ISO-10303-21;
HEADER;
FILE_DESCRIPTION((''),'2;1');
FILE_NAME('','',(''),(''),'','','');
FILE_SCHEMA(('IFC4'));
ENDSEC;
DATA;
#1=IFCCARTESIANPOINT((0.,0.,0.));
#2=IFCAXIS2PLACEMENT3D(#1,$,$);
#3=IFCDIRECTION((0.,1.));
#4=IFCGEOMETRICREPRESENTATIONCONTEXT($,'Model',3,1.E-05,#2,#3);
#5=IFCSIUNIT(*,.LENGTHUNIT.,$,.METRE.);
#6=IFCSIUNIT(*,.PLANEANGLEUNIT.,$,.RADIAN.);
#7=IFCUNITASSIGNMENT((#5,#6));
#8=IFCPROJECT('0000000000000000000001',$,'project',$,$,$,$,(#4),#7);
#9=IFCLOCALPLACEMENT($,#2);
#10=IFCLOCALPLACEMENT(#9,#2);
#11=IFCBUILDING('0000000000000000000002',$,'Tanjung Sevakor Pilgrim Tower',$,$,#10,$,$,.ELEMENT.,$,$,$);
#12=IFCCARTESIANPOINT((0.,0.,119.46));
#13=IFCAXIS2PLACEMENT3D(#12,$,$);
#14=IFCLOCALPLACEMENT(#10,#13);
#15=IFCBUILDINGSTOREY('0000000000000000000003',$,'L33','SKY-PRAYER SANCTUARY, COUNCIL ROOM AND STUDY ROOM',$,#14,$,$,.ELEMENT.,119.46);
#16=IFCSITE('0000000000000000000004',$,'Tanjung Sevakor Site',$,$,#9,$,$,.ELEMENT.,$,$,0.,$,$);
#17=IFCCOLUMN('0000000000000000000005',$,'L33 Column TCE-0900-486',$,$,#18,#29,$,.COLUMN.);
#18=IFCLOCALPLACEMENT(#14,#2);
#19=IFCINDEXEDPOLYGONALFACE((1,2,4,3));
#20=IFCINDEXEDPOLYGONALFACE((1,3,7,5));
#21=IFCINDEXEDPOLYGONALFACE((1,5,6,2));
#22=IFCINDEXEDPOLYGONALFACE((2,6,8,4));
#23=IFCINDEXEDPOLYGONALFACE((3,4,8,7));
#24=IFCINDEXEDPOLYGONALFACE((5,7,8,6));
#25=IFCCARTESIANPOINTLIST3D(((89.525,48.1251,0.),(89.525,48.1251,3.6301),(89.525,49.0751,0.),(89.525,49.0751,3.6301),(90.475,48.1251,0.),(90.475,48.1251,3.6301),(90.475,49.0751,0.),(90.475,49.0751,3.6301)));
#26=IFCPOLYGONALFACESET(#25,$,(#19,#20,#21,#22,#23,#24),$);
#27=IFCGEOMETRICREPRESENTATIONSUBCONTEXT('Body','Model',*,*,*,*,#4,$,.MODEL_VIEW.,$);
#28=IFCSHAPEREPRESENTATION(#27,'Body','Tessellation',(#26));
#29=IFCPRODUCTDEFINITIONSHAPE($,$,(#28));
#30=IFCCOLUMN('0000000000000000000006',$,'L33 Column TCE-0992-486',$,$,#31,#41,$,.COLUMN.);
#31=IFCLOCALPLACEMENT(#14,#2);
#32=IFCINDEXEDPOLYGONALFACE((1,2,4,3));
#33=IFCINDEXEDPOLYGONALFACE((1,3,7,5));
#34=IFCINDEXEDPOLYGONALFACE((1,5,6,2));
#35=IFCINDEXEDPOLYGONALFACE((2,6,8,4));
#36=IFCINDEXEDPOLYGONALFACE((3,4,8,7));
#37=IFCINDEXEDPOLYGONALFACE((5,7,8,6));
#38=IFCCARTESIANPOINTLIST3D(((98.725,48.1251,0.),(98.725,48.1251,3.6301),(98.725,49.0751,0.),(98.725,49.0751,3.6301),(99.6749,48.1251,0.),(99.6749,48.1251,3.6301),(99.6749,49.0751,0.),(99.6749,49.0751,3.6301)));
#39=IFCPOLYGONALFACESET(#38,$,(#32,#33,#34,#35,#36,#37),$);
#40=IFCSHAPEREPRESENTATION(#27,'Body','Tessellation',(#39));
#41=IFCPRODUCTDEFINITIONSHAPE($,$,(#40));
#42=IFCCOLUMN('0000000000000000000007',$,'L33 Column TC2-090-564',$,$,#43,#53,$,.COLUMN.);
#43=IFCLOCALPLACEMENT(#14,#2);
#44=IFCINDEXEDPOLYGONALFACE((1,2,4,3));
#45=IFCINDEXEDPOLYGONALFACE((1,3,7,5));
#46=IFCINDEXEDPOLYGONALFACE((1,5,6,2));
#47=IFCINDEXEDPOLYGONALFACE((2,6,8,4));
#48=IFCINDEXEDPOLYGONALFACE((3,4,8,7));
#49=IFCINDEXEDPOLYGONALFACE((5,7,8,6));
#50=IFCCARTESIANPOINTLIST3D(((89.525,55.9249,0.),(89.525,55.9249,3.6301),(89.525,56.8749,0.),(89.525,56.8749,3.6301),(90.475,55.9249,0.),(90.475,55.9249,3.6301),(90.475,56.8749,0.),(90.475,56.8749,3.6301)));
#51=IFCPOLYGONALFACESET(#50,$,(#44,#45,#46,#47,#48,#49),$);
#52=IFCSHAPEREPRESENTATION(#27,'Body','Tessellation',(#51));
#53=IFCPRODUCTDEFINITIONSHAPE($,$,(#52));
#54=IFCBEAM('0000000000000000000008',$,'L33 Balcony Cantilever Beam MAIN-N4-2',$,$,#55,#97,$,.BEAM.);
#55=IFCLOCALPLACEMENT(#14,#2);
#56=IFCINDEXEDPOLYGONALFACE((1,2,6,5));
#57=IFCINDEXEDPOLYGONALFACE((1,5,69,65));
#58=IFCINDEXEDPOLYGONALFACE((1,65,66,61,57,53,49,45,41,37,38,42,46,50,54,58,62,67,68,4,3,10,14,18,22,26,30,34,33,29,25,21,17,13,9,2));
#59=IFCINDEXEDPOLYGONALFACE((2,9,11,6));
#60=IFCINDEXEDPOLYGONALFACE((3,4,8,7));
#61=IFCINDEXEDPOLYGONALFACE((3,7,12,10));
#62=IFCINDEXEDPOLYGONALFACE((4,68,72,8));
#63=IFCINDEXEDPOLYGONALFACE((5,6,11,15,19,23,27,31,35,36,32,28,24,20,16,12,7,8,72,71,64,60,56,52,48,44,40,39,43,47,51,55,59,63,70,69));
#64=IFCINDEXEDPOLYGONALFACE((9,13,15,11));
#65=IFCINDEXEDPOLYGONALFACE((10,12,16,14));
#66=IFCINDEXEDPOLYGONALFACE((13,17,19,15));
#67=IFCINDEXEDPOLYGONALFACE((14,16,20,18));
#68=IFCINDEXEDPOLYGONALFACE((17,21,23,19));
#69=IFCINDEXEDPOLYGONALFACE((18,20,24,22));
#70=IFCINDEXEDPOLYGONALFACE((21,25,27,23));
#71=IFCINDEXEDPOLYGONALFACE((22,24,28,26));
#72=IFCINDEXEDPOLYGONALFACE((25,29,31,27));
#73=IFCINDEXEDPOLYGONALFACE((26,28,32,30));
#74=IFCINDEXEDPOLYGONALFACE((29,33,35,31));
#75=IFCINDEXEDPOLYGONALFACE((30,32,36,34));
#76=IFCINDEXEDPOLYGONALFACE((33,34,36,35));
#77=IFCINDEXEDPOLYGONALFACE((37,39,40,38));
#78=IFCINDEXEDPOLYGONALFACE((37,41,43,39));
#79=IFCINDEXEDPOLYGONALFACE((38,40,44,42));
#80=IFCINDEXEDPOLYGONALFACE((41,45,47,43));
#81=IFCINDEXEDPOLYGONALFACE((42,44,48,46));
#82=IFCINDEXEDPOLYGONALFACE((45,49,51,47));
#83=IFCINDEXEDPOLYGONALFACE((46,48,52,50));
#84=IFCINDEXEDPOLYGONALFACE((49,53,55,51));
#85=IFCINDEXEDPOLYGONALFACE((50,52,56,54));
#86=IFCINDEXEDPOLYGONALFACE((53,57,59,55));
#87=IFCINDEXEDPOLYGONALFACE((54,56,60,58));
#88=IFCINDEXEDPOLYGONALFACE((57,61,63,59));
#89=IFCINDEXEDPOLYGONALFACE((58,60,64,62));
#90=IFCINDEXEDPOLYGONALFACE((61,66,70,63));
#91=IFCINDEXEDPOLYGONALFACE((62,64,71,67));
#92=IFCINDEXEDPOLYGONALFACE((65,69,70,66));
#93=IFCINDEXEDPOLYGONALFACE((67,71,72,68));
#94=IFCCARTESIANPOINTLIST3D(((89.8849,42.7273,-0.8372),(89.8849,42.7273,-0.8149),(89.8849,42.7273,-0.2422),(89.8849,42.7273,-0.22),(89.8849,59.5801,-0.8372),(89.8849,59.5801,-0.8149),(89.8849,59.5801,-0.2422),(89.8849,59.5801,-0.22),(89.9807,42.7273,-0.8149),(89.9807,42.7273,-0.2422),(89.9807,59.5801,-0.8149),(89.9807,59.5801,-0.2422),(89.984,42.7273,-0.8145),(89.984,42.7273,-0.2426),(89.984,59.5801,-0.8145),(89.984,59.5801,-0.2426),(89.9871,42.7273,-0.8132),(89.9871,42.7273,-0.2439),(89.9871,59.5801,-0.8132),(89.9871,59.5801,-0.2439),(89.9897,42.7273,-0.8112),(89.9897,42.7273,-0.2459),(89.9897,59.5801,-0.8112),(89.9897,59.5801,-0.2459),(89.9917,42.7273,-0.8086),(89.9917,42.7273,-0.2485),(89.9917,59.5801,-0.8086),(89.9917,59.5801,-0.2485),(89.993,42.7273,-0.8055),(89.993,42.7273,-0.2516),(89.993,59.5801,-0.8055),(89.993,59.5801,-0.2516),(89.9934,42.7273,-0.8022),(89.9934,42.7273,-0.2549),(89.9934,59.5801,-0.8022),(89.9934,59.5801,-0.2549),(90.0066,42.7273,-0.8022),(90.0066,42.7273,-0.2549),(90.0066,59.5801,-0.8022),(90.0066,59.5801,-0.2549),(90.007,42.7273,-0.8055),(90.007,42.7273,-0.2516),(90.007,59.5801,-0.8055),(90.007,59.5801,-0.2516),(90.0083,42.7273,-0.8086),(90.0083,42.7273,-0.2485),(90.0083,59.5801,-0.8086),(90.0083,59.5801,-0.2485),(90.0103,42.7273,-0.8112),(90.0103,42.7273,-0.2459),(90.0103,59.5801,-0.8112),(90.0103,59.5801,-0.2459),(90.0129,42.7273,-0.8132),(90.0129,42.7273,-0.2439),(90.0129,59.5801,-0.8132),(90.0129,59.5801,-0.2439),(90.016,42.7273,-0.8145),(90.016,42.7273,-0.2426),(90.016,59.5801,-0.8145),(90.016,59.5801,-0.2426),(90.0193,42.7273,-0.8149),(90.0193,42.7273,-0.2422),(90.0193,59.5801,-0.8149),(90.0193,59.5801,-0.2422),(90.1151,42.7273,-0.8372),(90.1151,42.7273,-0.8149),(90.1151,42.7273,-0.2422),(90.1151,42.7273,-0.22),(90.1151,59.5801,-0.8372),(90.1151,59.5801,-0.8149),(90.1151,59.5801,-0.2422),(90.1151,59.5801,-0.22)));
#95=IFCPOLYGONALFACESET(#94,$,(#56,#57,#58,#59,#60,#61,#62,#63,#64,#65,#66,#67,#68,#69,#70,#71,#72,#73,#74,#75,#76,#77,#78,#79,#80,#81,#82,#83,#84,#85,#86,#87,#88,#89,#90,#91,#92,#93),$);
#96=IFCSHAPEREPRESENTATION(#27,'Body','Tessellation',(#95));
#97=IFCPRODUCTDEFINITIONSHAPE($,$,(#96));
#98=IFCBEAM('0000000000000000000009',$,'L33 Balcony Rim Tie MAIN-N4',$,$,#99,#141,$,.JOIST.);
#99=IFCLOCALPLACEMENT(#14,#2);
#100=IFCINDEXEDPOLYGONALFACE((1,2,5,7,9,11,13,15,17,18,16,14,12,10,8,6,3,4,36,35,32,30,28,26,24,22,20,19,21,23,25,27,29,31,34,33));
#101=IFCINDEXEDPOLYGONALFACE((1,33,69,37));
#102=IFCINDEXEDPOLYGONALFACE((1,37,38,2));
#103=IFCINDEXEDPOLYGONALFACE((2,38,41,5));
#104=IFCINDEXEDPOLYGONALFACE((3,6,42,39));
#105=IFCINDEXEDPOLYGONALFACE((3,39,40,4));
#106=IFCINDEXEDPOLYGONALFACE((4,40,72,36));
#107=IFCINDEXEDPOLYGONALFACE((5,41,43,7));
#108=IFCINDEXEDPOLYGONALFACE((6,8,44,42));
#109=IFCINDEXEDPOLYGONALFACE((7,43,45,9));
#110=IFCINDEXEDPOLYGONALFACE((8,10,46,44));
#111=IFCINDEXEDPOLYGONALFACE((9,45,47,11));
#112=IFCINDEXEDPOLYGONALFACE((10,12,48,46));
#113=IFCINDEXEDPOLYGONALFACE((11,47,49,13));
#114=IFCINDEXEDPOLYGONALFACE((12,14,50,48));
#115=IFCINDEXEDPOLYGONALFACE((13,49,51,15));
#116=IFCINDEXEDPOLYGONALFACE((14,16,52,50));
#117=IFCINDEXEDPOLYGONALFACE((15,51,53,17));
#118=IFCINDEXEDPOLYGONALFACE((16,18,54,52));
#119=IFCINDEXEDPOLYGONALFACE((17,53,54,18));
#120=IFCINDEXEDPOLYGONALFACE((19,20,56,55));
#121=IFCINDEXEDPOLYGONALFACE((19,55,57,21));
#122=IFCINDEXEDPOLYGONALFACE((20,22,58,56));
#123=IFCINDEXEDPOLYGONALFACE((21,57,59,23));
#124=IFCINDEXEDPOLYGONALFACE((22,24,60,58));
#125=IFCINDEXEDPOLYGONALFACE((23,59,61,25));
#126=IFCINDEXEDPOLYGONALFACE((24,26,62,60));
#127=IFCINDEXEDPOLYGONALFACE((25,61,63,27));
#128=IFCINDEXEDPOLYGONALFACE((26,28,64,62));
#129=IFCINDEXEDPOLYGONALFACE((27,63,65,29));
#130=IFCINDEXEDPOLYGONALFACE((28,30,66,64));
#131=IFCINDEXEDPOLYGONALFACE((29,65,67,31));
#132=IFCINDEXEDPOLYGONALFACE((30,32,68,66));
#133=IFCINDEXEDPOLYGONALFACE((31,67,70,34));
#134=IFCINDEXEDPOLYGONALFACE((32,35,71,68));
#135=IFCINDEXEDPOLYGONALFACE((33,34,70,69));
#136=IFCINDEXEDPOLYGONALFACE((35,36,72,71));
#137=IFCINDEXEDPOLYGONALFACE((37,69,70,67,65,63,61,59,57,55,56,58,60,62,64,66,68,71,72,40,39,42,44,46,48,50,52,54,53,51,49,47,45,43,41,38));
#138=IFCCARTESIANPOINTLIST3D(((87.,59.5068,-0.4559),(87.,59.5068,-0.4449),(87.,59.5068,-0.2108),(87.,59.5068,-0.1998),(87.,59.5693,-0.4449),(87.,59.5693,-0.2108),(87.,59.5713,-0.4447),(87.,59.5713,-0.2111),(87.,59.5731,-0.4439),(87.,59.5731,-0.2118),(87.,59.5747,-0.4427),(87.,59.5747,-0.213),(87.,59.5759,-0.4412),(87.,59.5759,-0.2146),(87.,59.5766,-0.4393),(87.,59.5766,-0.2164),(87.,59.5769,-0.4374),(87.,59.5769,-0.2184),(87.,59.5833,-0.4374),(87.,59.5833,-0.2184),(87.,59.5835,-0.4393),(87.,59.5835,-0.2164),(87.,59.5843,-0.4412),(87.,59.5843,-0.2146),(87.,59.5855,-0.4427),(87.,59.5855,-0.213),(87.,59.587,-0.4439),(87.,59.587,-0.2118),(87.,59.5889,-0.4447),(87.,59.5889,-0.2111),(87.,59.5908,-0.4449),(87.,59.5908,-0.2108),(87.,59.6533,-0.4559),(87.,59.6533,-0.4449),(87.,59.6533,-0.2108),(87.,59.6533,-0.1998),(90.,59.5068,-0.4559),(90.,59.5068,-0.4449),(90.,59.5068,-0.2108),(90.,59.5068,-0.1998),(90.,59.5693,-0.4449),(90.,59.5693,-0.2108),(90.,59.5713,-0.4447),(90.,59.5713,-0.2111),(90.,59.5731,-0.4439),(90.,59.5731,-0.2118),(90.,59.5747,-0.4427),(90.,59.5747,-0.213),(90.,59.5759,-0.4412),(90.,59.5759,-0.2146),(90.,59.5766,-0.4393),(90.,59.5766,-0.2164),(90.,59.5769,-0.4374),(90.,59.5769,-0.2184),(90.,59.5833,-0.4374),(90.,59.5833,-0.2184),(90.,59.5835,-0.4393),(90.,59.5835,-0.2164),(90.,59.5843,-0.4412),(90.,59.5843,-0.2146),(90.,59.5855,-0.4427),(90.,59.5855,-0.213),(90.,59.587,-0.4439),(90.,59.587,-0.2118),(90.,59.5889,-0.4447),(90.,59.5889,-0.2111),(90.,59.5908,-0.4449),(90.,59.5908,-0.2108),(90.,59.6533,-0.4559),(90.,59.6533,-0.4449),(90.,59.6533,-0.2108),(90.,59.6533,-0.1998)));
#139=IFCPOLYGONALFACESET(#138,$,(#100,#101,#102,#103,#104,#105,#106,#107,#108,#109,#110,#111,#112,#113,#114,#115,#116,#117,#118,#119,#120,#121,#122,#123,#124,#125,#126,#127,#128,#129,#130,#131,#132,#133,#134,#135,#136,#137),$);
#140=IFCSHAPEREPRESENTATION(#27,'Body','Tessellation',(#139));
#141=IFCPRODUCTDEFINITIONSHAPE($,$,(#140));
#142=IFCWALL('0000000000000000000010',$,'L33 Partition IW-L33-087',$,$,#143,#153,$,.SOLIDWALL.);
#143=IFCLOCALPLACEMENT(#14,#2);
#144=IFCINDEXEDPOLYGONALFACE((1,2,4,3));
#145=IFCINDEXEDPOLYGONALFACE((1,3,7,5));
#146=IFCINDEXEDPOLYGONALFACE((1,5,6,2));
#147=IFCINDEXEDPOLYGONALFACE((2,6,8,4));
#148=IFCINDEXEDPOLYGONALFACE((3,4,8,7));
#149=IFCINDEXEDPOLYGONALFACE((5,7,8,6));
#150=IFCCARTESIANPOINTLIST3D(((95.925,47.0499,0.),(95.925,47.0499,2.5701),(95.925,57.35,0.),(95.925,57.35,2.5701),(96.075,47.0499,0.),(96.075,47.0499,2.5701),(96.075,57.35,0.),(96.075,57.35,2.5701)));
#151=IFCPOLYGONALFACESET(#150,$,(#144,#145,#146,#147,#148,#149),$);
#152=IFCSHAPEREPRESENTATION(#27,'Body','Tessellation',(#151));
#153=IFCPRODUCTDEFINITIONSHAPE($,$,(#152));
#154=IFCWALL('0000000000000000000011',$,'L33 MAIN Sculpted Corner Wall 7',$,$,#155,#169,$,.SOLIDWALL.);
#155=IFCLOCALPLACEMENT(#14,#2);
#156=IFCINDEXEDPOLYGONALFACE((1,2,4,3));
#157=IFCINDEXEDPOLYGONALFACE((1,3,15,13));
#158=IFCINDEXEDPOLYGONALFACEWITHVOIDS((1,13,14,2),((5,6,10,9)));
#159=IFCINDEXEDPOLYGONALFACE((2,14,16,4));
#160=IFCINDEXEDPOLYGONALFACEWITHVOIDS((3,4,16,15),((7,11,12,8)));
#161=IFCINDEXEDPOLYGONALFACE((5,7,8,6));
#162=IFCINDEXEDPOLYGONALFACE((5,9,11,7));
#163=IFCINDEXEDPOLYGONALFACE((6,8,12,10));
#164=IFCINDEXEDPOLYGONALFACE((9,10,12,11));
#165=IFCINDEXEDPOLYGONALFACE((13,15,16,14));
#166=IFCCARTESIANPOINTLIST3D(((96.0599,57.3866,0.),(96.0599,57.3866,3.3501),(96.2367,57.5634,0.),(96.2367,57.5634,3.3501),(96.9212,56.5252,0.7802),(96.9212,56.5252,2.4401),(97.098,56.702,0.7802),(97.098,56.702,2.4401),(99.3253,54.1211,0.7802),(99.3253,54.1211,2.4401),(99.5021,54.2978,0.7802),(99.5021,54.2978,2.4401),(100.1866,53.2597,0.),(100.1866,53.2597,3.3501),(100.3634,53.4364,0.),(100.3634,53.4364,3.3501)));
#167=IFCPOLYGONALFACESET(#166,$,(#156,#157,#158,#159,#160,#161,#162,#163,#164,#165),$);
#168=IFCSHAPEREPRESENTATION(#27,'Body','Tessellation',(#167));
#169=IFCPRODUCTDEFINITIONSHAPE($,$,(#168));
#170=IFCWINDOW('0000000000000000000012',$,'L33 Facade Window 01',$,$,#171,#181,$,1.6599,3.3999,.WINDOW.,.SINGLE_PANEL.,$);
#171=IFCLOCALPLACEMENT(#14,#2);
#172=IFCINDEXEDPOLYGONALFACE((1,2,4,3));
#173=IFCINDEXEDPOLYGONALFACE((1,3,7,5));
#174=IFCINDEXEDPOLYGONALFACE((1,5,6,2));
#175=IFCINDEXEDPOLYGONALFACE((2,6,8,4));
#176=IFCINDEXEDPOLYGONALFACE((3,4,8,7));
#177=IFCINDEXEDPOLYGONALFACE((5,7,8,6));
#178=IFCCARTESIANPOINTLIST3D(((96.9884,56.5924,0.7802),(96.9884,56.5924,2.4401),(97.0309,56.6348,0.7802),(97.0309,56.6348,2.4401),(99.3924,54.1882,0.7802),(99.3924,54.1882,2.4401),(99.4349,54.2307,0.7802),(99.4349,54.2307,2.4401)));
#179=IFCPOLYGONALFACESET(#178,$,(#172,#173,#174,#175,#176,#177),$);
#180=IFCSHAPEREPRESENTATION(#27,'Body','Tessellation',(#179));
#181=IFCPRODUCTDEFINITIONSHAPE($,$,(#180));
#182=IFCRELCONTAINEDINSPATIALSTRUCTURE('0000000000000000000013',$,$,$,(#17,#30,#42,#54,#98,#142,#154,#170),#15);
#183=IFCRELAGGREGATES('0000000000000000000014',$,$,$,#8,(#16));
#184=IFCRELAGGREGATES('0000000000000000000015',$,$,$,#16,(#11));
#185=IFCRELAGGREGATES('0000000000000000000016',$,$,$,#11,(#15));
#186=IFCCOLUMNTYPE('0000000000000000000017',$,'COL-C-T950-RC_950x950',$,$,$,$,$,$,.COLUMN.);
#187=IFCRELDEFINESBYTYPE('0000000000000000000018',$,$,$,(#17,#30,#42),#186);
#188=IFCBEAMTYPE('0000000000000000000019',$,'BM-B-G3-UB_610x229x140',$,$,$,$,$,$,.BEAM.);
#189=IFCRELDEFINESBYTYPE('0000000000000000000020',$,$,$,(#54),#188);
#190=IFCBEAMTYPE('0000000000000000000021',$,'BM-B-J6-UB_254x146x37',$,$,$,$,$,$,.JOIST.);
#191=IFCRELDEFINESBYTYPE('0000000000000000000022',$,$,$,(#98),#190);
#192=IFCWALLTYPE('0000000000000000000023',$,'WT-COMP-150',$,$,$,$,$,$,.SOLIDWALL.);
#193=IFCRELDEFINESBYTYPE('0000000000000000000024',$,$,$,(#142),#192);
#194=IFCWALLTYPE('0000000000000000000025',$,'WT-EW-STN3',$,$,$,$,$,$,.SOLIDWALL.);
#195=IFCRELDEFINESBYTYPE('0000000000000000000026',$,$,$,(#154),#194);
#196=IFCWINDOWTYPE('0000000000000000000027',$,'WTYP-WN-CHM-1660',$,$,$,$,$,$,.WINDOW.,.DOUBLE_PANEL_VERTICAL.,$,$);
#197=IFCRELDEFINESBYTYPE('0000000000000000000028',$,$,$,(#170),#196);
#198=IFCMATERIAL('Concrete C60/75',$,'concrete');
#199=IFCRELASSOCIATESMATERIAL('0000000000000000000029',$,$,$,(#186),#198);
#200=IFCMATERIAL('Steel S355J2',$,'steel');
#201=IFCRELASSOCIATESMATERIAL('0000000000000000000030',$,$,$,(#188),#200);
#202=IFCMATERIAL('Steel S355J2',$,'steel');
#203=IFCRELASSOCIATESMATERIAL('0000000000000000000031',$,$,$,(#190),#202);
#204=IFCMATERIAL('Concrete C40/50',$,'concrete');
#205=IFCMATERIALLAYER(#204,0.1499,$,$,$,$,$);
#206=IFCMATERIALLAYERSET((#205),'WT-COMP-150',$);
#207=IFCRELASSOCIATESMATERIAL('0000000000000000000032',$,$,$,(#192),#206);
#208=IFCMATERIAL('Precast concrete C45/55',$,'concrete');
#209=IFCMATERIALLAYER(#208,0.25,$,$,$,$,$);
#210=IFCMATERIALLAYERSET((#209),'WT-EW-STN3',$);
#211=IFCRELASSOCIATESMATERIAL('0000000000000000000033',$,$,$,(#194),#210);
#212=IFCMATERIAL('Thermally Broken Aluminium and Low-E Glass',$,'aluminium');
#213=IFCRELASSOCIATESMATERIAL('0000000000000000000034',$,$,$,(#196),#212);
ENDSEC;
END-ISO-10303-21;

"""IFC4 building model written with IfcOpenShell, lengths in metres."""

from ifc_helpers import new_model, si_unit, direction, frame, frame_2d, origin, origin_2d, place, context, subcontext, project, spatial, rectangle, i_section, extrude, material, layer, layer_set, material_profile, profile_set, type_object, element, fill, save


model = new_model("IFC4")

# Units and contexts
model_context = context("Model", 3, precision=1e-05, world=origin(), true_north=direction((0.0, 1.0)))
body_context = subcontext(model_context, "Body", "Model", "MODEL_VIEW")
ifc_project = project(units=[si_unit("LENGTHUNIT", "METRE"), si_unit("PLANEANGLEUNIT", "RADIAN")], contexts=[model_context])

# Site, building, storey
site_placement = place(None, origin())
site = spatial("IfcSite", under=ifc_project, at=site_placement, Name="Tanjung Sevakor Site", CompositionType="ELEMENT", RefElevation=0.0)
building_placement = place(site_placement, origin())
building = spatial("IfcBuilding", under=site, at=building_placement, Name="Tanjung Sevakor Pilgrim Tower", CompositionType="ELEMENT")
storey_placement = place(building_placement, frame((0.0, 0.0, 119.46)))
storey = spatial("IfcBuildingStorey", under=building, at=storey_placement, Name="L33", Description="SKY-PRAYER SANCTUARY, COUNCIL ROOM AND STUDY ROOM", CompositionType="ELEMENT", Elevation=119.46)

# Columns
ifc_material_1 = material(Name="Concrete C60/75", Category="concrete")
ifc_material_profile_1 = material_profile(ifc_material_1, rectangle(XDim=0.95, YDim=0.95, at=origin_2d()))
ifc_profile_set_1 = profile_set([ifc_material_profile_1], Name="Concrete C60/75")
column_type = type_object("IfcColumnType", Name="COL-C-T950-RC_950x950", PredefinedType="COLUMN", material=ifc_profile_set_1)
for number, where, z_axis, x_axis, name in (
    (1, (90.0, 48.6001, 0.0), (0.0, 0.0, 1.0), (1.0, 0.0, 0.0), "L33 Column TCE-0900-486"),
    (2, (99.2, 48.6001, 0.0), (0.0, 0.0, 1.0), (1.0, 0.0, 0.0), "L33 Column TCE-0992-486"),
    (3, (90.0, 56.3999, 0.0), (0.0, 0.0, 1.0), (1.0, 0.0, 0.0), "L33 Column TC2-090-564"),
):
    element("IfcColumn", number, at=place(storey_placement, frame(where, z_axis=z_axis, x_axis=x_axis)), inside=storey, type_object=column_type, Name=name, PredefinedType="COLUMN", context=body_context, shape_type="SweptSolid", body=[
        extrude(rectangle(XDim=0.95, YDim=0.95, at=origin_2d()), origin(), (0.0, 0.0, 1.0), 3.6301),
    ])

# Beams
ifc_material_2 = material(Name="Steel S355J2", Category="steel")
ifc_material_profile_2 = material_profile(ifc_material_2, i_section(OverallWidth=0.2302, OverallDepth=0.6172, WebThickness=0.0132, FlangeThickness=0.0222, FilletRadius=0.0127, at=origin_2d()))
ifc_profile_set_2 = profile_set([ifc_material_profile_2], Name="Steel S355J2")
beam_type_1 = type_object("IfcBeamType", Name="BM-B-G3-UB_610x229x140", PredefinedType="BEAM", material=ifc_profile_set_2)
beam_1_placement = place(storey_placement, frame((90.0, 42.7273, -0.5286), z_axis=(0.0, 1.0, 0.0), x_axis=(-1.0, 0.0, 0.0)))
element("IfcBeam", 4, at=beam_1_placement, inside=storey, type_object=beam_type_1, Name="L33 Balcony Cantilever Beam MAIN-N4-2", PredefinedType="BEAM", context=body_context, shape_type="SweptSolid", body=[
    extrude(i_section(OverallWidth=0.2302, OverallDepth=0.6172, WebThickness=0.0132, FlangeThickness=0.0222, FilletRadius=0.0127, at=origin_2d()), origin(), (0.0, 0.0, 1.0), 16.8528),
])
ifc_material_3 = material(Name="Steel S355J2", Category="steel")
ifc_material_profile_3 = material_profile(ifc_material_3, i_section(OverallWidth=0.1465, OverallDepth=0.2561, WebThickness=0.0063, FlangeThickness=0.011, FilletRadius=0.0076, at=origin_2d()))
ifc_profile_set_3 = profile_set([ifc_material_profile_3], Name="Steel S355J2")
beam_type_2 = type_object("IfcBeamType", Name="BM-B-J6-UB_254x146x37", PredefinedType="JOIST", material=ifc_profile_set_3)
beam_2_placement = place(storey_placement, frame((87.0, 59.5801, -0.3279), z_axis=(1.0, 0.0, 0.0), x_axis=(0.0, 1.0, 0.0)))
element("IfcBeam", 5, at=beam_2_placement, inside=storey, type_object=beam_type_2, Name="L33 Balcony Rim Tie MAIN-N4", PredefinedType="JOIST", context=body_context, shape_type="SweptSolid", body=[
    extrude(i_section(OverallWidth=0.1465, OverallDepth=0.2561, WebThickness=0.0063, FlangeThickness=0.011, FilletRadius=0.0076, at=origin_2d()), origin(), (0.0, 0.0, 1.0), 3.0),
])

# Wall
ifc_material_4 = material(Name="Concrete C40/50", Category="concrete")
ifc_layer_1 = layer(ifc_material_4, 0.1499)
ifc_layer_set_1 = layer_set([ifc_layer_1], Name="WT-COMP-150")
wall_type_1 = type_object("IfcWallType", Name="WT-COMP-150", PredefinedType="SOLIDWALL", material=ifc_layer_set_1)
wall_1_placement = place(storey_placement, frame((96.0, 47.05, 0.0), z_axis=(0.0, 0.0, 1.0), x_axis=(0.0, 1.0, 0.0)))
element("IfcWall", 6, at=wall_1_placement, inside=storey, type_object=wall_type_1, Name="L33 Partition IW-L33-087", PredefinedType="SOLIDWALL", context=body_context, shape_type="SweptSolid", body=[
    extrude(rectangle(XDim=10.3, YDim=0.1499, at=frame_2d((5.1499, 0.0))), origin(), (0.0, 0.0, 1.0), 2.5701),
])

# Wall, opening, window
ifc_material_5 = material(Name="Precast concrete C45/55", Category="concrete")
ifc_layer_2 = layer(ifc_material_5, 0.25)
ifc_layer_set_2 = layer_set([ifc_layer_2], Name="WT-EW-STN3")
wall_type_2 = type_object("IfcWallType", Name="WT-EW-STN3", PredefinedType="SOLIDWALL", material=ifc_layer_set_2)
wall_2_placement = place(storey_placement, frame((100.2749, 53.3481, 0.0), z_axis=(0.0, 0.0, 1.0), x_axis=(-0.707086, 0.707128, 0.0)))
wall_2 = element("IfcWall", 7, at=wall_2_placement, inside=storey, type_object=wall_type_2, Name="L33 MAIN Sculpted Corner Wall 7", PredefinedType="SOLIDWALL", context=body_context, shape_type="SweptSolid", body=[
    extrude(rectangle(XDim=5.8362, YDim=0.25, at=frame_2d((2.918, 0.0))), origin(), (0.0, 0.0, 1.0), 3.3501),
])
opening_1_placement = place(wall_2_placement, frame((1.218, 0.0, 0.78)))
opening_1 = element("IfcOpeningElement", 8, at=opening_1_placement, cuts=wall_2, PredefinedType="OPENING", context=body_context, shape_type="SweptSolid", body=[
    extrude(rectangle(XDim=3.3999, YDim=1.6599, at=frame_2d((1.7, 0.8301))), frame((0.0, 0.135, 0.0), z_axis=(0.0, -1.0, 0.0), x_axis=(1.0, 0.0, 0.0)), (0.0, 0.0, 1.0), 0.27),
])
ifc_material_6 = material(Name="Thermally Broken Aluminium and Low-E Glass", Category="aluminium")
window_type_1 = type_object("IfcWindowType", Name="WTYP-WN-CHM-1660", PartitioningType="DOUBLE_PANEL_VERTICAL", PredefinedType="WINDOW", material=ifc_material_6)
window_1_placement = place(opening_1_placement, origin())
window_1 = element("IfcWindow", 9, at=window_1_placement, inside=storey, type_object=window_type_1, Name="L33 Facade Window 01", OverallHeight=1.6599, OverallWidth=3.3999, PartitioningType="SINGLE_PANEL", PredefinedType="WINDOW", context=body_context, shape_type="SweptSolid", body=[
    extrude(rectangle(XDim=3.3999, YDim=1.6599, at=frame_2d((1.7, 0.8301))), frame((0.0, 0.03, 0.0), z_axis=(0.0, -1.0, 0.0), x_axis=(1.0, 0.0, 0.0)), (0.0, 0.0, 1.0), 0.0601),
])
fill(opening_1, window_1)

save(model, "model.ifc")
